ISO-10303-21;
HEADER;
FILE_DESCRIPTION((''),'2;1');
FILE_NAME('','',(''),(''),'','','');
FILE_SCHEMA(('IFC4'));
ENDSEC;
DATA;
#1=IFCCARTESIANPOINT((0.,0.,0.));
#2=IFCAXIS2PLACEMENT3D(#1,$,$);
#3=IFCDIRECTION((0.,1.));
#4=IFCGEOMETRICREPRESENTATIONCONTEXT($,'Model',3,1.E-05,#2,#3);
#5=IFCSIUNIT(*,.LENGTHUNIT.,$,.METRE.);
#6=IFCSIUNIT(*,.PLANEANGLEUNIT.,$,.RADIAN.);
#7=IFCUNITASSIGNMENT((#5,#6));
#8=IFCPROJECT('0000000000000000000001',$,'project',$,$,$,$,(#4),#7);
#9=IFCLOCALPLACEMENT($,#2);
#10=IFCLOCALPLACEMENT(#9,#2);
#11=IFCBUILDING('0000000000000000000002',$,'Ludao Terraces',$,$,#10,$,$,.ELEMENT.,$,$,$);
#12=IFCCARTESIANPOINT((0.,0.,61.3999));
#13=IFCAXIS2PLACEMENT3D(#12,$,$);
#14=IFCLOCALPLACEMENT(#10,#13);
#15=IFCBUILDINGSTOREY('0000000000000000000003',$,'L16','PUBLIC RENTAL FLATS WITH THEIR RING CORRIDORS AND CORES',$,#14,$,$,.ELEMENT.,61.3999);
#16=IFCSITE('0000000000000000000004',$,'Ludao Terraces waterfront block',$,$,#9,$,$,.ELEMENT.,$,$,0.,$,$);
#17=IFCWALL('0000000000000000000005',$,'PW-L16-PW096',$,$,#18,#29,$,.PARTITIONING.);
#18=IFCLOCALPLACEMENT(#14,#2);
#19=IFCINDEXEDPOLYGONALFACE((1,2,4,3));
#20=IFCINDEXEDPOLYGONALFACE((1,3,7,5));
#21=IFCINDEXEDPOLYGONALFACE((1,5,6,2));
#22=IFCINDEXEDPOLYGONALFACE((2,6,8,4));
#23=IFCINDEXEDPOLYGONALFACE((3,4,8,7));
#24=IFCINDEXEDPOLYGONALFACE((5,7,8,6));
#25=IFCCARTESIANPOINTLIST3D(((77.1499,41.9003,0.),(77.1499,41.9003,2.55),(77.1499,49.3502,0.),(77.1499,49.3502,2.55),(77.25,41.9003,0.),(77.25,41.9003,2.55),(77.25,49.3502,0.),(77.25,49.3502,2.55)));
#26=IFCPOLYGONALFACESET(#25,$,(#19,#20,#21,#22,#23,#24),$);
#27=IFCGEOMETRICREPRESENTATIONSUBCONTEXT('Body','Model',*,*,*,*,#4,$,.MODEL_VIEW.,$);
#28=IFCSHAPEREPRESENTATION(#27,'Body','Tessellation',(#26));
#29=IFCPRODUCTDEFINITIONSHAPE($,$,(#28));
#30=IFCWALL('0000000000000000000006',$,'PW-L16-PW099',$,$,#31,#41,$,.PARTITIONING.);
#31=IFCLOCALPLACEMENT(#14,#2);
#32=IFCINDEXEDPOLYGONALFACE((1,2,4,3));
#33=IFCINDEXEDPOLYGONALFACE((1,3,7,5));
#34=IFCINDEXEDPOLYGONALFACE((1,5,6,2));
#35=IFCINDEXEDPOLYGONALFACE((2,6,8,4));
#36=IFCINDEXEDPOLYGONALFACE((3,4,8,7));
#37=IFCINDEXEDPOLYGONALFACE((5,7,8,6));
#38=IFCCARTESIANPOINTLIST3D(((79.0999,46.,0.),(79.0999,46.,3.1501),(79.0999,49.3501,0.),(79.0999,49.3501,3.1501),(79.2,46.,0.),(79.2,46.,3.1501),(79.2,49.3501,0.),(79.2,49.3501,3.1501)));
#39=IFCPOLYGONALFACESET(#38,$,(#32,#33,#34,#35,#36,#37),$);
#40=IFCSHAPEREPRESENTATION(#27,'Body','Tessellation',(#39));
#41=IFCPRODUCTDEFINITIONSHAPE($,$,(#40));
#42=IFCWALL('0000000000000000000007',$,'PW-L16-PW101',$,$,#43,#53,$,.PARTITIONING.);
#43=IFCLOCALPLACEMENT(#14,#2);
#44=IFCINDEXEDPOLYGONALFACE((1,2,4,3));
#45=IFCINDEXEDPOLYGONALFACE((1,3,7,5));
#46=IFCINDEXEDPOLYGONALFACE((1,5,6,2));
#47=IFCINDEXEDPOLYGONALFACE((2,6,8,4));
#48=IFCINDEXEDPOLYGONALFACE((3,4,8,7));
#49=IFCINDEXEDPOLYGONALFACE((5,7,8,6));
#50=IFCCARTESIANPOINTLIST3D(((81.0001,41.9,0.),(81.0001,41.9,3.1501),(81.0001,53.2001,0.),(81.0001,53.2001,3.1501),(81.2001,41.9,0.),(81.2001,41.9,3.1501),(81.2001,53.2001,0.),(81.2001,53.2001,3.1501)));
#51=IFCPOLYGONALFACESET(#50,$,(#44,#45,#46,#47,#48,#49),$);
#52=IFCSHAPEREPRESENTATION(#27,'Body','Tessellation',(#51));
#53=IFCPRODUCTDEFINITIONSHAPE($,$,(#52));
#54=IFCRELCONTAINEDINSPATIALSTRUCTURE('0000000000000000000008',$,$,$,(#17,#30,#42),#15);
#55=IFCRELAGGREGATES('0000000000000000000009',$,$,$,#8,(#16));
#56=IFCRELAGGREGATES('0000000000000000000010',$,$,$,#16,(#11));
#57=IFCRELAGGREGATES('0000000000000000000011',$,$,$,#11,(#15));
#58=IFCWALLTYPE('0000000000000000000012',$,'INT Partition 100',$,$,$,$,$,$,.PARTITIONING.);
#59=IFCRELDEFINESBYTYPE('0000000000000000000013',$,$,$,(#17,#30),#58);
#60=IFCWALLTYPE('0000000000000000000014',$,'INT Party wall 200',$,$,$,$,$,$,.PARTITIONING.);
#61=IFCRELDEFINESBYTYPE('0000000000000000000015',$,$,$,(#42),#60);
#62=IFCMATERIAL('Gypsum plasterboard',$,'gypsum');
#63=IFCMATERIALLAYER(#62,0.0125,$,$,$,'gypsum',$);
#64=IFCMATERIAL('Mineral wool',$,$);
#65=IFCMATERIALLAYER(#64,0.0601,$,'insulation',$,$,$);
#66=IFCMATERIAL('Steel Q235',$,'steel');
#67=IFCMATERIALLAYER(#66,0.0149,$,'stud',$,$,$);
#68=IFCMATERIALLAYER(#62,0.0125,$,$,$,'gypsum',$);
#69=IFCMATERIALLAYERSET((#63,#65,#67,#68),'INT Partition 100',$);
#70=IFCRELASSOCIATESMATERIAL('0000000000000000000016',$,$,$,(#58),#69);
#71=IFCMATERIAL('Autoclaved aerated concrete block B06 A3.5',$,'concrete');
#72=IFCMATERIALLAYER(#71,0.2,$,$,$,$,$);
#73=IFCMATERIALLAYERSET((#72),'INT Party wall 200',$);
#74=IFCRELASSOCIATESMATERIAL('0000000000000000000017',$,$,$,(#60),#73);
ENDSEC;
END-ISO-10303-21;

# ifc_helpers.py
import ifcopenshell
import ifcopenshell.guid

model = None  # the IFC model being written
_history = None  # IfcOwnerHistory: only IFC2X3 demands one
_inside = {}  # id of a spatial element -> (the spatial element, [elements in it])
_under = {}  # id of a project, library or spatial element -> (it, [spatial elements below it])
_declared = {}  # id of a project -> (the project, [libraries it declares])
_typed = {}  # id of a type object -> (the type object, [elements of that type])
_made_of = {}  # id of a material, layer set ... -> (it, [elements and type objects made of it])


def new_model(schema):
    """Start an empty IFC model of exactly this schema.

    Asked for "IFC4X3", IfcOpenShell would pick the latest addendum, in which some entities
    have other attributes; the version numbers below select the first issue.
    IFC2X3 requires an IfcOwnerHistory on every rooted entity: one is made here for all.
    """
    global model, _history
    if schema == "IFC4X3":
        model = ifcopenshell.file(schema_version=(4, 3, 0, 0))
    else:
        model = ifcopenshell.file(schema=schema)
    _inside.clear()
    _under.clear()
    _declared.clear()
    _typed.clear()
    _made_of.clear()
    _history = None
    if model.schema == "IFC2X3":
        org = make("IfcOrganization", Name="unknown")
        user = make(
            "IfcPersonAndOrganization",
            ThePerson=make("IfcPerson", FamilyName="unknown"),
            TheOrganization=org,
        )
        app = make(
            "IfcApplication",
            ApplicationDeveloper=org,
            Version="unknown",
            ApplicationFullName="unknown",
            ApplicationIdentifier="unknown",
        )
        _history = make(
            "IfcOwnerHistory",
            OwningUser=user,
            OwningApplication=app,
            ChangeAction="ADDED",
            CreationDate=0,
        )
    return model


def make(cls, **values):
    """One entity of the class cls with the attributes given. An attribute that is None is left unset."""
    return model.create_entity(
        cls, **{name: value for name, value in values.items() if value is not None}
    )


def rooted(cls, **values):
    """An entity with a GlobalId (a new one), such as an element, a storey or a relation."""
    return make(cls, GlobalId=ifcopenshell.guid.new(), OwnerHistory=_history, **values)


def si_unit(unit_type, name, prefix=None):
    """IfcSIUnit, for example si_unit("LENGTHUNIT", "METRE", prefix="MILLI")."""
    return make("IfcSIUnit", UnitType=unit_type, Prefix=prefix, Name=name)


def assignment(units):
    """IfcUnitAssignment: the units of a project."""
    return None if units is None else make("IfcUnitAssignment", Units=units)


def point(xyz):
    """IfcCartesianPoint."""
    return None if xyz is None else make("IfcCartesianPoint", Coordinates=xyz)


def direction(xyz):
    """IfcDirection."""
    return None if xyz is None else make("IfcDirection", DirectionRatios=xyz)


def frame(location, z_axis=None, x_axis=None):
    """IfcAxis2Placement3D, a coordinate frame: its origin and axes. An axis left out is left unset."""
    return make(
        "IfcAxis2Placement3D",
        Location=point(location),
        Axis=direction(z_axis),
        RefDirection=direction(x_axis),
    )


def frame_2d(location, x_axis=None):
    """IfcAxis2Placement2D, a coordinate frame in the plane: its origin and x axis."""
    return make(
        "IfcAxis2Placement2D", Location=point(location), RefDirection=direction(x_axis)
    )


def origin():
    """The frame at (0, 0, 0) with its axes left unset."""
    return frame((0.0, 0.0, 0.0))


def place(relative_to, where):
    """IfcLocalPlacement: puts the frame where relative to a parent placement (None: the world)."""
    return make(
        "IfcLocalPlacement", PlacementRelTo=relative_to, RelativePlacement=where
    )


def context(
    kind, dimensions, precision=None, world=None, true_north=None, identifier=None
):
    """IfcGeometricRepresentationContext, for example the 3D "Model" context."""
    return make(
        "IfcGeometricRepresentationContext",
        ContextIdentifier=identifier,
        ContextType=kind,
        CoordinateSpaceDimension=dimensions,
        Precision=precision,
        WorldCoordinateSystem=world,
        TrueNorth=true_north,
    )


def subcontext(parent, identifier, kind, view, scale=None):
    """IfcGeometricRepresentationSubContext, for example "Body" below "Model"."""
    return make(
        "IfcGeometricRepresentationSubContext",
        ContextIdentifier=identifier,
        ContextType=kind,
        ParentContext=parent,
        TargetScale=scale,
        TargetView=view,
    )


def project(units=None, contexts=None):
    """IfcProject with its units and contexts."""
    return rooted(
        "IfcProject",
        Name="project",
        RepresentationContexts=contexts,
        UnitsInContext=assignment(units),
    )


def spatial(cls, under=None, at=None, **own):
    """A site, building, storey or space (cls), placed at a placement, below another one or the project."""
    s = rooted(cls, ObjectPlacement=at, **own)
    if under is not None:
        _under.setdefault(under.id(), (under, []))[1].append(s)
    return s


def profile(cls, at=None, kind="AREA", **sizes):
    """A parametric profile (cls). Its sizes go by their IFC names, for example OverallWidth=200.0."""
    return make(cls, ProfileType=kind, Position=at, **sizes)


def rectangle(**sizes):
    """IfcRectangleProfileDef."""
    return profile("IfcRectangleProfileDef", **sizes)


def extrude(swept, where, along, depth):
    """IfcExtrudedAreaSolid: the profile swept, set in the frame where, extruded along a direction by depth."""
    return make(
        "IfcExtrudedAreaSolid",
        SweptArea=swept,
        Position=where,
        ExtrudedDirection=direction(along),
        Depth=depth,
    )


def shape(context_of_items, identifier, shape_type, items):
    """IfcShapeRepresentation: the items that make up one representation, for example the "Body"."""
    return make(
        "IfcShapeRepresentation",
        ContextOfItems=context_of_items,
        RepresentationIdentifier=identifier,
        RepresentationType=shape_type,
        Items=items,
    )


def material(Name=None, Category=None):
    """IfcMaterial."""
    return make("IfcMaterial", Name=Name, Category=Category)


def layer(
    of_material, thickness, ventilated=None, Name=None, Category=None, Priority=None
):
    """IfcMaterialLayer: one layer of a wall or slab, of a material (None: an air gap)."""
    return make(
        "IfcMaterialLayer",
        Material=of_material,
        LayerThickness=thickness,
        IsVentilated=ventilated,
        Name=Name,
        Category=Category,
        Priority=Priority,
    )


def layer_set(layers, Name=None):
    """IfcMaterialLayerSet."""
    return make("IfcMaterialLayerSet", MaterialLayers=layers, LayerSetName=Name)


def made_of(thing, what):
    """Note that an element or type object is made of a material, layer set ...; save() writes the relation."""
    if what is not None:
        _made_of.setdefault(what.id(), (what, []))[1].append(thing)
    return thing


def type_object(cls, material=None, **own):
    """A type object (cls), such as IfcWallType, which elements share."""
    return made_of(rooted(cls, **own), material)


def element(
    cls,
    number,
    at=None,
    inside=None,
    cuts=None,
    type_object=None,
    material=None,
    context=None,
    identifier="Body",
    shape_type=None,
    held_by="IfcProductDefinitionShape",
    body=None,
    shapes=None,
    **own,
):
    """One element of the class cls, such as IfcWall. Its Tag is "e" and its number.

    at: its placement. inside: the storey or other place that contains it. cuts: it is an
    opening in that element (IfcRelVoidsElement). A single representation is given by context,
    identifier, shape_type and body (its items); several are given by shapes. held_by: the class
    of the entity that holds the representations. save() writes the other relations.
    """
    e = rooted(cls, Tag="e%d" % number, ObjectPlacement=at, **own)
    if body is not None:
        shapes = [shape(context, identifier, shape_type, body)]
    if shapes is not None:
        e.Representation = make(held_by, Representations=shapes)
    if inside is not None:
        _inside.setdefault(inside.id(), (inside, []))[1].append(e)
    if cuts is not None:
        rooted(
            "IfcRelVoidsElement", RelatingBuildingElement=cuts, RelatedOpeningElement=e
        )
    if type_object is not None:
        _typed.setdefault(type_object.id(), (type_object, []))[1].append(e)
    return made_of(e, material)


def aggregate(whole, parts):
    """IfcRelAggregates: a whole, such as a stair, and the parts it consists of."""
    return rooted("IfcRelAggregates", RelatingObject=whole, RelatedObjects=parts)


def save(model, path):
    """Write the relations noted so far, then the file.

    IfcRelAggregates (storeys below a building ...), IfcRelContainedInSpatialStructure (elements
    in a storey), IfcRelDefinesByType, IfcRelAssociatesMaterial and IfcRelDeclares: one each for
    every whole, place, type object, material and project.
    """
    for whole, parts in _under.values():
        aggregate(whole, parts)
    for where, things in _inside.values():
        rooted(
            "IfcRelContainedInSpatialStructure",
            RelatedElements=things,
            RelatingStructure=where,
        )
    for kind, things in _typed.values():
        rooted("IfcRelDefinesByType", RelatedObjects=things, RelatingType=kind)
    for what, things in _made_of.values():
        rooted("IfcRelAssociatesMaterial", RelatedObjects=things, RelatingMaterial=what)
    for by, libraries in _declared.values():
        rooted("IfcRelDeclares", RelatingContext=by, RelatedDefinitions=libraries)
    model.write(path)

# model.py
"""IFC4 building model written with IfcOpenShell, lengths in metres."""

from ifc_helpers import new_model, si_unit, direction, frame, frame_2d, origin, place, context, subcontext, project, spatial, rectangle, extrude, material, layer, layer_set, type_object, element, save


model = new_model("IFC4")

# Units and contexts
model_context = context("Model", 3, precision=1e-05, world=origin(), true_north=direction((0.0, 1.0)))
body_context = subcontext(model_context, "Body", "Model", "MODEL_VIEW")
ifc_project = project(units=[si_unit("LENGTHUNIT", "METRE"), si_unit("PLANEANGLEUNIT", "RADIAN")], contexts=[model_context])

# Site, building, storey
site_placement = place(None, origin())
site = spatial("IfcSite", under=ifc_project, at=site_placement, Name="Ludao Terraces waterfront block", CompositionType="ELEMENT", RefElevation=0.0)
building_placement = place(site_placement, origin())
building = spatial("IfcBuilding", under=site, at=building_placement, Name="Ludao Terraces", CompositionType="ELEMENT")
storey_placement = place(building_placement, frame((0.0, 0.0, 61.3999)))
storey = spatial("IfcBuildingStorey", under=building, at=storey_placement, Name="L16", Description="PUBLIC RENTAL FLATS WITH THEIR RING CORRIDORS AND CORES", CompositionType="ELEMENT", Elevation=61.3999)

# Shared definitions
ifc_material_1 = material(Name="Mineral wool")

# Shared definitions
ifc_material_2 = material(Name="Gypsum plasterboard", Category="gypsum")
ifc_layer_1 = layer(ifc_material_2, 0.0125, Category="gypsum")
ifc_layer_2 = layer(ifc_material_1, 0.0601, Name="insulation")
ifc_material_3 = material(Name="Steel Q235", Category="steel")
ifc_layer_3 = layer(ifc_material_3, 0.0149, Name="stud")
ifc_layer_4 = layer(ifc_material_2, 0.0125, Category="gypsum")
ifc_layer_set_1 = layer_set([ifc_layer_1, ifc_layer_2, ifc_layer_3, ifc_layer_4], Name="INT Partition 100")
wall_type_1 = type_object("IfcWallType", Name="INT Partition 100", PredefinedType="PARTITIONING", material=ifc_layer_set_1)

# Walls
wall_1_placement = place(storey_placement, frame((77.2, 41.9001, 0.0), z_axis=(0.0, 0.0, 1.0), x_axis=(0.0, 1.0, 0.0)))
element("IfcWall", 1, at=wall_1_placement, inside=storey, type_object=wall_type_1, Name="PW-L16-PW096", PredefinedType="PARTITIONING", context=body_context, shape_type="SweptSolid", body=[
    extrude(rectangle(XDim=7.45, YDim=0.1001, at=frame_2d((3.7251, 0.0))), origin(), (0.0, 0.0, 1.0), 2.55),
])
wall_2_placement = place(storey_placement, frame((79.1499, 46.0, 0.0), z_axis=(0.0, 0.0, 1.0), x_axis=(0.0, 1.0, 0.0)))
element("IfcWall", 2, at=wall_2_placement, inside=storey, type_object=wall_type_1, Name="PW-L16-PW099", PredefinedType="PARTITIONING", context=body_context, shape_type="SweptSolid", body=[
    extrude(rectangle(XDim=3.3501, YDim=0.1001, at=frame_2d((1.675, 0.0))), origin(), (0.0, 0.0, 1.0), 3.1501),
])
ifc_material_4 = material(Name="Autoclaved aerated concrete block B06 A3.5", Category="concrete")
ifc_layer_5 = layer(ifc_material_4, 0.2)
ifc_layer_set_2 = layer_set([ifc_layer_5], Name="INT Party wall 200")
wall_type_2 = type_object("IfcWallType", Name="INT Party wall 200", PredefinedType="PARTITIONING", material=ifc_layer_set_2)
wall_3_placement = place(storey_placement, frame((81.1001, 41.9001, 0.0), z_axis=(0.0, 0.0, 1.0), x_axis=(0.0, 1.0, 0.0)))
element("IfcWall", 3, at=wall_3_placement, inside=storey, type_object=wall_type_2, Name="PW-L16-PW101", PredefinedType="PARTITIONING", context=body_context, shape_type="SweptSolid", body=[
    extrude(rectangle(XDim=11.3, YDim=0.2, at=frame_2d((5.6499, 0.0))), origin(), (0.0, 0.0, 1.0), 3.1501),
])

save(model, "model.ifc")
